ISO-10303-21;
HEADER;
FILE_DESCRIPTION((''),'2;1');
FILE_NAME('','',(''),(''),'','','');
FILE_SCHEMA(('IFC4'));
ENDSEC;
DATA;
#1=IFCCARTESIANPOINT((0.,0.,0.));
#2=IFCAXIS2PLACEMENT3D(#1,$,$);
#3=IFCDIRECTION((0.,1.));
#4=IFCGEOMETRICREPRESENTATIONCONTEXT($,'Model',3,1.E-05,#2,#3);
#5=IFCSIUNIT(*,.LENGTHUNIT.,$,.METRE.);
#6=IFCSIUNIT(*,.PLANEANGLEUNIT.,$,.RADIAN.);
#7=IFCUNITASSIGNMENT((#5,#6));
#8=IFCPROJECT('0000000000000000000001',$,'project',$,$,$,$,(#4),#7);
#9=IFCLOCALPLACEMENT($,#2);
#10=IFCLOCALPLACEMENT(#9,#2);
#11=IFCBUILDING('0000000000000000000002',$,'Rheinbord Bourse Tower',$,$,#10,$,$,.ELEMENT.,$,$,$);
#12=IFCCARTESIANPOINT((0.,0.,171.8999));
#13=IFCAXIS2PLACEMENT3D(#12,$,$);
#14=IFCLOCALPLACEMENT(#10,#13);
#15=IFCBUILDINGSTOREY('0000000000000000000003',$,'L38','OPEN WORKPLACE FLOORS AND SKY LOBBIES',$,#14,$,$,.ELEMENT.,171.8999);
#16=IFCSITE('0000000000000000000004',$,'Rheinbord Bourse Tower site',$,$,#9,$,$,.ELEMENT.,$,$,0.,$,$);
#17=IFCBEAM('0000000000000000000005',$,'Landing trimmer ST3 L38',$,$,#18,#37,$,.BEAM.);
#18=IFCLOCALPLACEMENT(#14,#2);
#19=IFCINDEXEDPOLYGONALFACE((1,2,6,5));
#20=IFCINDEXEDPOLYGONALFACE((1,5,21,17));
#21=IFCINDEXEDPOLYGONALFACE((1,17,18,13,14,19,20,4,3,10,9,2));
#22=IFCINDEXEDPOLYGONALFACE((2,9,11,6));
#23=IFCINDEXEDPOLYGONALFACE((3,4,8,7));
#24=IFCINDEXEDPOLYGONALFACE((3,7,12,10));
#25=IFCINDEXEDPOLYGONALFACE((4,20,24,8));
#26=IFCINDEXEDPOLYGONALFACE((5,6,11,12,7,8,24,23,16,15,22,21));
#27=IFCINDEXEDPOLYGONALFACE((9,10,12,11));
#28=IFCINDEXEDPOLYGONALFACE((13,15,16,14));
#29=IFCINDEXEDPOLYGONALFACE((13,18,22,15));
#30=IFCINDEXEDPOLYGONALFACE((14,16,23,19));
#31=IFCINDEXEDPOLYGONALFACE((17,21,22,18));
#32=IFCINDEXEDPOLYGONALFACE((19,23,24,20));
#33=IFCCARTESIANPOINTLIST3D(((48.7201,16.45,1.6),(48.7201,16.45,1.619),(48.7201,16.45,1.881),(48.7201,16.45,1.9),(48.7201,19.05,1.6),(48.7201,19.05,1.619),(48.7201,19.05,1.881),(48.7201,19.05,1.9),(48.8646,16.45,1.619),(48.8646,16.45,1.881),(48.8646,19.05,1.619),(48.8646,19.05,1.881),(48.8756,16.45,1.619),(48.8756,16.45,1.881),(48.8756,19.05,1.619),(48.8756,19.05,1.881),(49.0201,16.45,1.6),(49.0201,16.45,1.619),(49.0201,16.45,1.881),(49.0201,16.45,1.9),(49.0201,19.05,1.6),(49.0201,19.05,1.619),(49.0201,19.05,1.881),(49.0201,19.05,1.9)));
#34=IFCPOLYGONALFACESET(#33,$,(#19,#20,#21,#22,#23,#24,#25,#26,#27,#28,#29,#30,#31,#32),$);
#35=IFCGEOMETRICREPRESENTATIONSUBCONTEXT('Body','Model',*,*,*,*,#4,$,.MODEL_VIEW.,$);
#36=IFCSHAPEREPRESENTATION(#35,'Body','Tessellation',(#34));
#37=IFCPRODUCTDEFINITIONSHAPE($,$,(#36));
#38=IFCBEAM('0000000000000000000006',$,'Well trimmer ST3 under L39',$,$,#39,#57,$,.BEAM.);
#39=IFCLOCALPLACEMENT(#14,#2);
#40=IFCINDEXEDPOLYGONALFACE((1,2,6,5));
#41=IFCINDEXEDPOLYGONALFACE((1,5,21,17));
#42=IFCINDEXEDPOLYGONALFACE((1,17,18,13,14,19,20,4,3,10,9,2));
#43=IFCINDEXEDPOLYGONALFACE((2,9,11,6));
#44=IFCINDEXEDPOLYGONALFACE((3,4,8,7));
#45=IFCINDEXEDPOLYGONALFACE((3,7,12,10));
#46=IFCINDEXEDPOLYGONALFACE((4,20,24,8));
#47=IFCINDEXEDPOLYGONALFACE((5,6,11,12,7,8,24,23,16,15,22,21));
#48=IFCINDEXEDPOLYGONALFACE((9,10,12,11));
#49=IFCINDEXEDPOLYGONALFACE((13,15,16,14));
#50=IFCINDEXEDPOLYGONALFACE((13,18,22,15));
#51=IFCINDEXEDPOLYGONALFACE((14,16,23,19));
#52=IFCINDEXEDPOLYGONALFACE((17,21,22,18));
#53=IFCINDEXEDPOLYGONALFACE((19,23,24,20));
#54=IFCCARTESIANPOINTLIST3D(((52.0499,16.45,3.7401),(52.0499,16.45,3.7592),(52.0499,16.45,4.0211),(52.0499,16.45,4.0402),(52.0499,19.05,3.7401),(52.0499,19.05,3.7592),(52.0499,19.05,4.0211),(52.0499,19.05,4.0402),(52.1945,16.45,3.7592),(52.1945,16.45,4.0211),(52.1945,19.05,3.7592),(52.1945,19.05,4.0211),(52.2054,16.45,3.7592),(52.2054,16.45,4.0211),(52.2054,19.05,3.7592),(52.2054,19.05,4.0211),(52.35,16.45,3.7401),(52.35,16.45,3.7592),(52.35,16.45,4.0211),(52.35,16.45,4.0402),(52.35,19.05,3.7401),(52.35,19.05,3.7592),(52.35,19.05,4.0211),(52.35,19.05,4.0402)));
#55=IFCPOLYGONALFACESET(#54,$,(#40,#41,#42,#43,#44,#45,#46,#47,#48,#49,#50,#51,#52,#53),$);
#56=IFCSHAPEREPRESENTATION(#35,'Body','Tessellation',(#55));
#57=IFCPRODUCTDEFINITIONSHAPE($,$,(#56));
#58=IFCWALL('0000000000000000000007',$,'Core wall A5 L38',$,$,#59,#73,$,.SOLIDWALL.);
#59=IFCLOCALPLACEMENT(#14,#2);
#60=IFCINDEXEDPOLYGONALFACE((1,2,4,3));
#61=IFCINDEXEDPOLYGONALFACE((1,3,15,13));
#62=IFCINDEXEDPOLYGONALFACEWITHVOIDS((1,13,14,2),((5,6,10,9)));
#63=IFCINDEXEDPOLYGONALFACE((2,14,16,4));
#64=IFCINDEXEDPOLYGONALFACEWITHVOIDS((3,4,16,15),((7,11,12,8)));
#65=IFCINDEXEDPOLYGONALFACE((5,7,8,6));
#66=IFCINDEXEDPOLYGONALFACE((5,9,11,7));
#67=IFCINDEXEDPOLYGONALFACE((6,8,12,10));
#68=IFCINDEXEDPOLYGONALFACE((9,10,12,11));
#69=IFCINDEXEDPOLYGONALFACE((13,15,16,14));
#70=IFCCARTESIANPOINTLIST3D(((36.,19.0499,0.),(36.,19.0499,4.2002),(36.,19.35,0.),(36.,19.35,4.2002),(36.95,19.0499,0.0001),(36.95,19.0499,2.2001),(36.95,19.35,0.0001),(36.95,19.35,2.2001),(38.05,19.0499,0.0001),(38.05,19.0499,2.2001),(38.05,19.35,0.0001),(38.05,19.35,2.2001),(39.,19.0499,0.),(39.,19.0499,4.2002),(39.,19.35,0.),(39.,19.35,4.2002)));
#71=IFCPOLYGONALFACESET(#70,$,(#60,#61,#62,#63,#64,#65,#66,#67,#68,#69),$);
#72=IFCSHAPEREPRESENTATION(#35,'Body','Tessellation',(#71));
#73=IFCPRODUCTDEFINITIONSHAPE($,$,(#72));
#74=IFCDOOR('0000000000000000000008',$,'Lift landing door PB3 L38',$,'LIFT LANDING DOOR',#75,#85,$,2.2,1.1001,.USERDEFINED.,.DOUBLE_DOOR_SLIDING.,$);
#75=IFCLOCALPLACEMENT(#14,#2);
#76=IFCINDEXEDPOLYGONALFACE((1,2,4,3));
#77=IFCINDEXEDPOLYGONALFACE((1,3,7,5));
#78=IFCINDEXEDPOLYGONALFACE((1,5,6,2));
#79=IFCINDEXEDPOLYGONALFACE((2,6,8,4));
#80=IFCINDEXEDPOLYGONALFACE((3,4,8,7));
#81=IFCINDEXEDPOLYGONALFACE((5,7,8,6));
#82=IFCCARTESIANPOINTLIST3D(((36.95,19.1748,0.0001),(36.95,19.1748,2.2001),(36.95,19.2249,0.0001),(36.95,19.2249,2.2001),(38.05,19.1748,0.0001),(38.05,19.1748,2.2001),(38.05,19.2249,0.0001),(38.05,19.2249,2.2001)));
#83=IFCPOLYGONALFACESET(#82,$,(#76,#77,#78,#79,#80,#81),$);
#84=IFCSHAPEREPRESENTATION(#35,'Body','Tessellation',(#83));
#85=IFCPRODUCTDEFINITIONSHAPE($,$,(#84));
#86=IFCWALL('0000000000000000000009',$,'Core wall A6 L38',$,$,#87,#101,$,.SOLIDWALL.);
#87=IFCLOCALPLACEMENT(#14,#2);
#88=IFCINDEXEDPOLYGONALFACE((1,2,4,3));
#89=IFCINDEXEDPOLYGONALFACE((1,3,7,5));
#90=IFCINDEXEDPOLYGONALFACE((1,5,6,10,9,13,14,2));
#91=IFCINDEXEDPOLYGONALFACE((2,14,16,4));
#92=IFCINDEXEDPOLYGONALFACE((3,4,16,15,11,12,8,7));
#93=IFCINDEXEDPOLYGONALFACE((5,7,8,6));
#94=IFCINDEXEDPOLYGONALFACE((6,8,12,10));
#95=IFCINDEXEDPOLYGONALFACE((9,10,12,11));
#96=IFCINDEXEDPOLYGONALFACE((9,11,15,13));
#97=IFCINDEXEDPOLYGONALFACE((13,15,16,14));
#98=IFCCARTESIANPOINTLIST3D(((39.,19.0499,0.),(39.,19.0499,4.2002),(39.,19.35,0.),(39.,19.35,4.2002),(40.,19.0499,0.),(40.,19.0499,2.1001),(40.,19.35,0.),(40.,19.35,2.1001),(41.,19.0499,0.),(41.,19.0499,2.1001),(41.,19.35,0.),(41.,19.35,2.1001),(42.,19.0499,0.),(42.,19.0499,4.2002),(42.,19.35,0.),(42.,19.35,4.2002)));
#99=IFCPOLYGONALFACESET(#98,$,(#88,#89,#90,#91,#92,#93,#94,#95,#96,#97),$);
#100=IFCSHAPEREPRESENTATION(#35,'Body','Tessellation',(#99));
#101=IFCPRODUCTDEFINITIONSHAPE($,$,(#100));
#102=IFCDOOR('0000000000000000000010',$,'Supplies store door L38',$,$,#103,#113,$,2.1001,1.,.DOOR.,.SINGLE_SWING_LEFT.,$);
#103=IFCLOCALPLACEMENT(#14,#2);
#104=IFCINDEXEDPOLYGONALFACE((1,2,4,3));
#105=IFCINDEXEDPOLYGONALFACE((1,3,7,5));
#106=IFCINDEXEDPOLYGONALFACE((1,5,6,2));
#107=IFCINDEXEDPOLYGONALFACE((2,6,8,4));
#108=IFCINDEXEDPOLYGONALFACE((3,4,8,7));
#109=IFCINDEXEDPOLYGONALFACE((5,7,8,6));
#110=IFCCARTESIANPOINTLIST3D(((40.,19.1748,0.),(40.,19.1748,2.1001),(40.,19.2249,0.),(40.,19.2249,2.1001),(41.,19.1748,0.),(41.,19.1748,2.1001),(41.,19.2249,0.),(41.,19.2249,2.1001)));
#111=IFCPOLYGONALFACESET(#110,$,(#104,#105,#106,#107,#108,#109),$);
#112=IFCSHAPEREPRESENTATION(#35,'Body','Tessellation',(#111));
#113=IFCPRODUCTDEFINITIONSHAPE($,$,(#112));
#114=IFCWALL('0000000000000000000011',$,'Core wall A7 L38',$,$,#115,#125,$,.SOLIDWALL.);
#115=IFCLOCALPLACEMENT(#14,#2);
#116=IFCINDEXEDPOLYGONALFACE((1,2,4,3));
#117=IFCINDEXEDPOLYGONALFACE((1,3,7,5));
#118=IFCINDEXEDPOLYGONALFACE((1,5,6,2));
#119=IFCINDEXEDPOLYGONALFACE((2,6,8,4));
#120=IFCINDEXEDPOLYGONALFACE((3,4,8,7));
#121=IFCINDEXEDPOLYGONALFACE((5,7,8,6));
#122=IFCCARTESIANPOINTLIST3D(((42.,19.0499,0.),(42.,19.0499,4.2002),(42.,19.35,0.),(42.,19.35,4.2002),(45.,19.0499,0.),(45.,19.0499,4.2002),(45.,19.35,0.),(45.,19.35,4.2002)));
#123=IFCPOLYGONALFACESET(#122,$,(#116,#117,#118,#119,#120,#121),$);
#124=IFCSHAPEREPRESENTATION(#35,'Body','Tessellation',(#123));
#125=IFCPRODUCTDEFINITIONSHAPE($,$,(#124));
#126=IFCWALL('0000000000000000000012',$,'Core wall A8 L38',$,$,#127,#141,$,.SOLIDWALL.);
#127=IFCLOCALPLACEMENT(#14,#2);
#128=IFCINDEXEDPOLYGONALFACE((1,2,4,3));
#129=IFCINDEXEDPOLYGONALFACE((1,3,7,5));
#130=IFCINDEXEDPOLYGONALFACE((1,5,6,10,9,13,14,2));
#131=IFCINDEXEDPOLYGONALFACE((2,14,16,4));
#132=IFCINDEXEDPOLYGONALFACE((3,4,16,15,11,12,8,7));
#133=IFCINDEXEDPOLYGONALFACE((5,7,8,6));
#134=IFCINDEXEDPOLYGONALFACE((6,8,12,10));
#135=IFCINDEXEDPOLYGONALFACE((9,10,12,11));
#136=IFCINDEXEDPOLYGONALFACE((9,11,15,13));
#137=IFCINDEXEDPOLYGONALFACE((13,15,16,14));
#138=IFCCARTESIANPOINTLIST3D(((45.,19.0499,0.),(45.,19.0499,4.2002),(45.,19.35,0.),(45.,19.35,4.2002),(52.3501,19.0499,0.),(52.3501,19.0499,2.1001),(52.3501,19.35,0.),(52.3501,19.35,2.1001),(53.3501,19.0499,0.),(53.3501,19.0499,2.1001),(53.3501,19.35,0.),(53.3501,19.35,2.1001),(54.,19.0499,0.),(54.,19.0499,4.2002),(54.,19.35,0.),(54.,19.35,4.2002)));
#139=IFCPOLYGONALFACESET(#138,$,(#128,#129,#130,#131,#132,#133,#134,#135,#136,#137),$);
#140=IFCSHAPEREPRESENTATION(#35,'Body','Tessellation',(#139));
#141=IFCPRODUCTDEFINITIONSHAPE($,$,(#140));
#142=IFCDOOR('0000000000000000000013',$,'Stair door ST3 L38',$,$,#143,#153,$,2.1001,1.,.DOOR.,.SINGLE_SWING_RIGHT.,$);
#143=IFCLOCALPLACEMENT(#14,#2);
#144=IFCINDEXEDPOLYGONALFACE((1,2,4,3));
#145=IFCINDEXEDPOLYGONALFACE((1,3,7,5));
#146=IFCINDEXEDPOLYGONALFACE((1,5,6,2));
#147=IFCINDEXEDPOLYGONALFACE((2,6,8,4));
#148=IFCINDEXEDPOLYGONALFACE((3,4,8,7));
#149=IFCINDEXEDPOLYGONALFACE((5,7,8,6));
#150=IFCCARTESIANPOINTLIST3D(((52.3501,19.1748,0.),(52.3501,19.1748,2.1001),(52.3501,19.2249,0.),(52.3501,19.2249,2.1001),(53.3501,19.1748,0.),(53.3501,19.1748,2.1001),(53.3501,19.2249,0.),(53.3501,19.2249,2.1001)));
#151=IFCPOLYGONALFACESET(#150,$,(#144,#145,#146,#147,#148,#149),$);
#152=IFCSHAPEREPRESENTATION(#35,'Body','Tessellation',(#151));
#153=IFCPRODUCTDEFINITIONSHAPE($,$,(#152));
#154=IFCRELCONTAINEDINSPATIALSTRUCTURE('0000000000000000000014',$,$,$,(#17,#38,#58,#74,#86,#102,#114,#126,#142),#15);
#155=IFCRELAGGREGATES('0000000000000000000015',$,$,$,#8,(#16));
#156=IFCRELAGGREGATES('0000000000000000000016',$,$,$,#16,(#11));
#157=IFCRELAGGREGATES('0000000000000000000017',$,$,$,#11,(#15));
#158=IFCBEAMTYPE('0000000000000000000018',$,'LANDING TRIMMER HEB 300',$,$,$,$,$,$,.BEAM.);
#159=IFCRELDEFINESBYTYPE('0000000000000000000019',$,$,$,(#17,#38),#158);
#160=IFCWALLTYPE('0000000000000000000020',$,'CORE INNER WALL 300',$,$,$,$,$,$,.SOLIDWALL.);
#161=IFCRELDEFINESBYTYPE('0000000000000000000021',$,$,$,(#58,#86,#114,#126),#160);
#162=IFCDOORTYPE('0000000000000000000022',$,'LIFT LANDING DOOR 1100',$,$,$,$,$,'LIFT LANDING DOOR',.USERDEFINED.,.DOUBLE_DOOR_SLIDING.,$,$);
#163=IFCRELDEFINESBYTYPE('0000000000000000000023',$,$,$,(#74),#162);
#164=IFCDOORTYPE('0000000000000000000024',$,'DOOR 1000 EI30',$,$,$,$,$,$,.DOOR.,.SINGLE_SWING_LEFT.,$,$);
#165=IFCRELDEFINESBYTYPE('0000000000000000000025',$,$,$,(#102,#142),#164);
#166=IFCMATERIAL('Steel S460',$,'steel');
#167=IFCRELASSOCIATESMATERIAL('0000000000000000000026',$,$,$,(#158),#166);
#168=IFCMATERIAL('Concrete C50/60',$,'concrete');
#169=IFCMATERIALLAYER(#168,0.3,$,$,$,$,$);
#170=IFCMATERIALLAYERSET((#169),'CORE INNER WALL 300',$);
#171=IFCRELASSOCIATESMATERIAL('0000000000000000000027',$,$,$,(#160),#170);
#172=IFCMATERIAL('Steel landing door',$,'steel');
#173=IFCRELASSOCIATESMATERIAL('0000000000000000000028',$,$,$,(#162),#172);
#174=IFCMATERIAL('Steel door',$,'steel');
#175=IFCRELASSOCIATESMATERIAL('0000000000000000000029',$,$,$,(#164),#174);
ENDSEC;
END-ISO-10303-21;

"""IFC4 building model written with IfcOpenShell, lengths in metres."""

from ifc_helpers import new_model, si_unit, direction, frame, frame_2d, origin, origin_2d, place, context, subcontext, project, spatial, rectangle, i_section, extrude, material, layer, layer_set, material_profile, profile_set, type_object, element, fill, save


model = new_model("IFC4")

# Units and contexts
model_context = context("Model", 3, precision=1e-05, world=origin(), true_north=direction((0.0, 1.0)))
body_context = subcontext(model_context, "Body", "Model", "MODEL_VIEW")
ifc_project = project(units=[si_unit("LENGTHUNIT", "METRE"), si_unit("PLANEANGLEUNIT", "RADIAN")], contexts=[model_context])

# Site, building, storey
site_placement = place(None, origin())
site = spatial("IfcSite", under=ifc_project, at=site_placement, Name="Rheinbord Bourse Tower site", CompositionType="ELEMENT", RefElevation=0.0)
building_placement = place(site_placement, origin())
building = spatial("IfcBuilding", under=site, at=building_placement, Name="Rheinbord Bourse Tower", CompositionType="ELEMENT")
storey_placement = place(building_placement, frame((0.0, 0.0, 171.8999)))
storey = spatial("IfcBuildingStorey", under=building, at=storey_placement, Name="L38", Description="OPEN WORKPLACE FLOORS AND SKY LOBBIES", CompositionType="ELEMENT", Elevation=171.8999)

# Beams
ifc_material_1 = material(Name="Steel S460", Category="steel")
ifc_material_profile = material_profile(ifc_material_1, i_section(OverallWidth=0.3, OverallDepth=0.3, WebThickness=0.011, FlangeThickness=0.019, at=origin_2d()), Name="HEB 300")
ifc_profile_set = profile_set([ifc_material_profile], Name="Steel S460")
beam_type = type_object("IfcBeamType", Name="LANDING TRIMMER HEB 300", PredefinedType="BEAM", material=ifc_profile_set)
for number, where, z_axis, x_axis, name in (
    (1, (48.8701, 16.45, 1.75), (0.0, 1.0, 0.0), (-1.0, 0.0, 0.0), "Landing trimmer ST3 L38"),
    (2, (52.2, 16.45, 3.8901), (0.0, 1.0, 0.0), (-1.0, 0.0, 0.0), "Well trimmer ST3 under L39"),
):
    element("IfcBeam", number, at=place(storey_placement, frame(where, z_axis=z_axis, x_axis=x_axis)), inside=storey, type_object=beam_type, Name=name, PredefinedType="BEAM", context=body_context, shape_type="SweptSolid", body=[
        extrude(i_section(OverallWidth=0.3, OverallDepth=0.3, WebThickness=0.011, FlangeThickness=0.019, at=origin_2d()), origin(), (0.0, 0.0, 1.0), 2.6001),
    ])

# Walls, openings, doors
ifc_material_2 = material(Name="Concrete C50/60", Category="concrete")
ifc_layer_1 = layer(ifc_material_2, 0.3)
ifc_layer_set_1 = layer_set([ifc_layer_1], Name="CORE INNER WALL 300")
wall_type_1 = type_object("IfcWallType", Name="CORE INNER WALL 300", PredefinedType="SOLIDWALL", material=ifc_layer_set_1)
wall_1_placement = place(storey_placement, frame((36.0, 19.2, 0.0), z_axis=(0.0, 0.0, 1.0), x_axis=(1.0, 0.0, 0.0)))
wall_1 = element("IfcWall", 3, at=wall_1_placement, inside=storey, type_object=wall_type_1, Name="Core wall A5 L38", PredefinedType="SOLIDWALL", context=body_context, shape_type="SweptSolid", body=[
    extrude(rectangle(XDim=3.0, YDim=0.3, at=frame_2d((1.5, 0.0))), origin(), (0.0, 0.0, 1.0), 4.2002),
])
opening_1_placement = place(wall_1_placement, frame((0.95, 0.0, 0.0)))
opening_1 = element("IfcOpeningElement", 4, at=opening_1_placement, cuts=wall_1, PredefinedType="OPENING", context=body_context, shape_type="SweptSolid", body=[
    extrude(rectangle(XDim=1.1001, YDim=2.2, at=frame_2d((0.55, 1.1001))), frame((0.0, 0.1599, 0.0), z_axis=(0.0, -1.0, 0.0), x_axis=(1.0, 0.0, 0.0)), (0.0, 0.0, 1.0), 0.3201),
])
ifc_material_3 = material(Name="Steel landing door", Category="steel")
door_type_1 = type_object("IfcDoorType", Name="LIFT LANDING DOOR 1100", ElementType="LIFT LANDING DOOR", OperationType="DOUBLE_DOOR_SLIDING", PredefinedType="USERDEFINED", material=ifc_material_3)
door_1_placement = place(opening_1_placement, origin())
door_1 = element("IfcDoor", 5, at=door_1_placement, inside=storey, type_object=door_type_1, Name="Lift landing door PB3 L38", ObjectType="LIFT LANDING DOOR", OperationType="DOUBLE_DOOR_SLIDING", OverallHeight=2.2, OverallWidth=1.1001, PredefinedType="USERDEFINED", context=body_context, shape_type="SweptSolid", body=[
    extrude(rectangle(XDim=1.1001, YDim=2.2, at=frame_2d((0.55, 1.1001))), frame((0.0, 0.0249, 0.0), z_axis=(0.0, -1.0, 0.0), x_axis=(1.0, 0.0, 0.0)), (0.0, 0.0, 1.0), 0.05),
])
fill(opening_1, door_1)
wall_2_placement = place(storey_placement, frame((39.0, 19.2, 0.0), z_axis=(0.0, 0.0, 1.0), x_axis=(1.0, 0.0, 0.0)))
wall_2 = element("IfcWall", 6, at=wall_2_placement, inside=storey, type_object=wall_type_1, Name="Core wall A6 L38", PredefinedType="SOLIDWALL", context=body_context, shape_type="SweptSolid", body=[
    extrude(rectangle(XDim=3.0, YDim=0.3, at=frame_2d((1.5, 0.0))), origin(), (0.0, 0.0, 1.0), 4.2002),
])
opening_2_placement = place(wall_2_placement, frame((1.0, 0.0, 0.0)))
opening_2 = element("IfcOpeningElement", 7, at=opening_2_placement, cuts=wall_2, PredefinedType="OPENING", context=body_context, shape_type="SweptSolid", body=[
    extrude(rectangle(XDim=1.0, YDim=2.1001, at=frame_2d((0.5, 1.05))), frame((0.0, 0.1599, 0.0), z_axis=(0.0, -1.0, 0.0), x_axis=(1.0, 0.0, 0.0)), (0.0, 0.0, 1.0), 0.3201),
])
ifc_material_4 = material(Name="Steel door", Category="steel")
door_type_2 = type_object("IfcDoorType", Name="DOOR 1000 EI30", OperationType="SINGLE_SWING_LEFT", PredefinedType="DOOR", material=ifc_material_4)
door_2_placement = place(opening_2_placement, origin())
door_2 = element("IfcDoor", 8, at=door_2_placement, inside=storey, type_object=door_type_2, Name="Supplies store door L38", OperationType="SINGLE_SWING_LEFT", OverallHeight=2.1001, OverallWidth=1.0, PredefinedType="DOOR", context=body_context, shape_type="SweptSolid", body=[
    extrude(rectangle(XDim=1.0, YDim=2.1001, at=frame_2d((0.5, 1.05))), frame((0.0, 0.0249, 0.0), z_axis=(0.0, -1.0, 0.0), x_axis=(1.0, 0.0, 0.0)), (0.0, 0.0, 1.0), 0.05),
])
fill(opening_2, door_2)

# Wall
wall_3_placement = place(storey_placement, frame((42.0, 19.2, 0.0), z_axis=(0.0, 0.0, 1.0), x_axis=(1.0, 0.0, 0.0)))
element("IfcWall", 9, at=wall_3_placement, inside=storey, type_object=wall_type_1, Name="Core wall A7 L38", PredefinedType="SOLIDWALL", context=body_context, shape_type="SweptSolid", body=[
    extrude(rectangle(XDim=3.0, YDim=0.3, at=frame_2d((1.5, 0.0))), origin(), (0.0, 0.0, 1.0), 4.2002),
])

# Wall, opening, door
wall_4_placement = place(storey_placement, frame((45.0, 19.2, 0.0), z_axis=(0.0, 0.0, 1.0), x_axis=(1.0, 0.0, 0.0)))
wall_4 = element("IfcWall", 10, at=wall_4_placement, inside=storey, type_object=wall_type_1, Name="Core wall A8 L38", PredefinedType="SOLIDWALL", context=body_context, shape_type="SweptSolid", body=[
    extrude(rectangle(XDim=9.0, YDim=0.3, at=frame_2d((4.5, 0.0))), origin(), (0.0, 0.0, 1.0), 4.2002),
])
opening_3_placement = place(wall_4_placement, frame((7.3501, 0.0, 0.0)))
opening_3 = element("IfcOpeningElement", 11, at=opening_3_placement, cuts=wall_4, PredefinedType="OPENING", context=body_context, shape_type="SweptSolid", body=[
    extrude(rectangle(XDim=1.0, YDim=2.1001, at=frame_2d((0.5, 1.05))), frame((0.0, 0.1599, 0.0), z_axis=(0.0, -1.0, 0.0), x_axis=(1.0, 0.0, 0.0)), (0.0, 0.0, 1.0), 0.3201),
])
door_3_placement = place(opening_3_placement, origin())
door_3 = element("IfcDoor", 12, at=door_3_placement, inside=storey, type_object=door_type_2, Name="Stair door ST3 L38", OperationType="SINGLE_SWING_RIGHT", OverallHeight=2.1001, OverallWidth=1.0, PredefinedType="DOOR", context=body_context, shape_type="SweptSolid", body=[
    extrude(rectangle(XDim=1.0, YDim=2.1001, at=frame_2d((0.5, 1.05))), frame((0.0, 0.0249, 0.0), z_axis=(0.0, -1.0, 0.0), x_axis=(1.0, 0.0, 0.0)), (0.0, 0.0, 1.0), 0.05),
])
fill(opening_3, door_3)

save(model, "model.ifc")
